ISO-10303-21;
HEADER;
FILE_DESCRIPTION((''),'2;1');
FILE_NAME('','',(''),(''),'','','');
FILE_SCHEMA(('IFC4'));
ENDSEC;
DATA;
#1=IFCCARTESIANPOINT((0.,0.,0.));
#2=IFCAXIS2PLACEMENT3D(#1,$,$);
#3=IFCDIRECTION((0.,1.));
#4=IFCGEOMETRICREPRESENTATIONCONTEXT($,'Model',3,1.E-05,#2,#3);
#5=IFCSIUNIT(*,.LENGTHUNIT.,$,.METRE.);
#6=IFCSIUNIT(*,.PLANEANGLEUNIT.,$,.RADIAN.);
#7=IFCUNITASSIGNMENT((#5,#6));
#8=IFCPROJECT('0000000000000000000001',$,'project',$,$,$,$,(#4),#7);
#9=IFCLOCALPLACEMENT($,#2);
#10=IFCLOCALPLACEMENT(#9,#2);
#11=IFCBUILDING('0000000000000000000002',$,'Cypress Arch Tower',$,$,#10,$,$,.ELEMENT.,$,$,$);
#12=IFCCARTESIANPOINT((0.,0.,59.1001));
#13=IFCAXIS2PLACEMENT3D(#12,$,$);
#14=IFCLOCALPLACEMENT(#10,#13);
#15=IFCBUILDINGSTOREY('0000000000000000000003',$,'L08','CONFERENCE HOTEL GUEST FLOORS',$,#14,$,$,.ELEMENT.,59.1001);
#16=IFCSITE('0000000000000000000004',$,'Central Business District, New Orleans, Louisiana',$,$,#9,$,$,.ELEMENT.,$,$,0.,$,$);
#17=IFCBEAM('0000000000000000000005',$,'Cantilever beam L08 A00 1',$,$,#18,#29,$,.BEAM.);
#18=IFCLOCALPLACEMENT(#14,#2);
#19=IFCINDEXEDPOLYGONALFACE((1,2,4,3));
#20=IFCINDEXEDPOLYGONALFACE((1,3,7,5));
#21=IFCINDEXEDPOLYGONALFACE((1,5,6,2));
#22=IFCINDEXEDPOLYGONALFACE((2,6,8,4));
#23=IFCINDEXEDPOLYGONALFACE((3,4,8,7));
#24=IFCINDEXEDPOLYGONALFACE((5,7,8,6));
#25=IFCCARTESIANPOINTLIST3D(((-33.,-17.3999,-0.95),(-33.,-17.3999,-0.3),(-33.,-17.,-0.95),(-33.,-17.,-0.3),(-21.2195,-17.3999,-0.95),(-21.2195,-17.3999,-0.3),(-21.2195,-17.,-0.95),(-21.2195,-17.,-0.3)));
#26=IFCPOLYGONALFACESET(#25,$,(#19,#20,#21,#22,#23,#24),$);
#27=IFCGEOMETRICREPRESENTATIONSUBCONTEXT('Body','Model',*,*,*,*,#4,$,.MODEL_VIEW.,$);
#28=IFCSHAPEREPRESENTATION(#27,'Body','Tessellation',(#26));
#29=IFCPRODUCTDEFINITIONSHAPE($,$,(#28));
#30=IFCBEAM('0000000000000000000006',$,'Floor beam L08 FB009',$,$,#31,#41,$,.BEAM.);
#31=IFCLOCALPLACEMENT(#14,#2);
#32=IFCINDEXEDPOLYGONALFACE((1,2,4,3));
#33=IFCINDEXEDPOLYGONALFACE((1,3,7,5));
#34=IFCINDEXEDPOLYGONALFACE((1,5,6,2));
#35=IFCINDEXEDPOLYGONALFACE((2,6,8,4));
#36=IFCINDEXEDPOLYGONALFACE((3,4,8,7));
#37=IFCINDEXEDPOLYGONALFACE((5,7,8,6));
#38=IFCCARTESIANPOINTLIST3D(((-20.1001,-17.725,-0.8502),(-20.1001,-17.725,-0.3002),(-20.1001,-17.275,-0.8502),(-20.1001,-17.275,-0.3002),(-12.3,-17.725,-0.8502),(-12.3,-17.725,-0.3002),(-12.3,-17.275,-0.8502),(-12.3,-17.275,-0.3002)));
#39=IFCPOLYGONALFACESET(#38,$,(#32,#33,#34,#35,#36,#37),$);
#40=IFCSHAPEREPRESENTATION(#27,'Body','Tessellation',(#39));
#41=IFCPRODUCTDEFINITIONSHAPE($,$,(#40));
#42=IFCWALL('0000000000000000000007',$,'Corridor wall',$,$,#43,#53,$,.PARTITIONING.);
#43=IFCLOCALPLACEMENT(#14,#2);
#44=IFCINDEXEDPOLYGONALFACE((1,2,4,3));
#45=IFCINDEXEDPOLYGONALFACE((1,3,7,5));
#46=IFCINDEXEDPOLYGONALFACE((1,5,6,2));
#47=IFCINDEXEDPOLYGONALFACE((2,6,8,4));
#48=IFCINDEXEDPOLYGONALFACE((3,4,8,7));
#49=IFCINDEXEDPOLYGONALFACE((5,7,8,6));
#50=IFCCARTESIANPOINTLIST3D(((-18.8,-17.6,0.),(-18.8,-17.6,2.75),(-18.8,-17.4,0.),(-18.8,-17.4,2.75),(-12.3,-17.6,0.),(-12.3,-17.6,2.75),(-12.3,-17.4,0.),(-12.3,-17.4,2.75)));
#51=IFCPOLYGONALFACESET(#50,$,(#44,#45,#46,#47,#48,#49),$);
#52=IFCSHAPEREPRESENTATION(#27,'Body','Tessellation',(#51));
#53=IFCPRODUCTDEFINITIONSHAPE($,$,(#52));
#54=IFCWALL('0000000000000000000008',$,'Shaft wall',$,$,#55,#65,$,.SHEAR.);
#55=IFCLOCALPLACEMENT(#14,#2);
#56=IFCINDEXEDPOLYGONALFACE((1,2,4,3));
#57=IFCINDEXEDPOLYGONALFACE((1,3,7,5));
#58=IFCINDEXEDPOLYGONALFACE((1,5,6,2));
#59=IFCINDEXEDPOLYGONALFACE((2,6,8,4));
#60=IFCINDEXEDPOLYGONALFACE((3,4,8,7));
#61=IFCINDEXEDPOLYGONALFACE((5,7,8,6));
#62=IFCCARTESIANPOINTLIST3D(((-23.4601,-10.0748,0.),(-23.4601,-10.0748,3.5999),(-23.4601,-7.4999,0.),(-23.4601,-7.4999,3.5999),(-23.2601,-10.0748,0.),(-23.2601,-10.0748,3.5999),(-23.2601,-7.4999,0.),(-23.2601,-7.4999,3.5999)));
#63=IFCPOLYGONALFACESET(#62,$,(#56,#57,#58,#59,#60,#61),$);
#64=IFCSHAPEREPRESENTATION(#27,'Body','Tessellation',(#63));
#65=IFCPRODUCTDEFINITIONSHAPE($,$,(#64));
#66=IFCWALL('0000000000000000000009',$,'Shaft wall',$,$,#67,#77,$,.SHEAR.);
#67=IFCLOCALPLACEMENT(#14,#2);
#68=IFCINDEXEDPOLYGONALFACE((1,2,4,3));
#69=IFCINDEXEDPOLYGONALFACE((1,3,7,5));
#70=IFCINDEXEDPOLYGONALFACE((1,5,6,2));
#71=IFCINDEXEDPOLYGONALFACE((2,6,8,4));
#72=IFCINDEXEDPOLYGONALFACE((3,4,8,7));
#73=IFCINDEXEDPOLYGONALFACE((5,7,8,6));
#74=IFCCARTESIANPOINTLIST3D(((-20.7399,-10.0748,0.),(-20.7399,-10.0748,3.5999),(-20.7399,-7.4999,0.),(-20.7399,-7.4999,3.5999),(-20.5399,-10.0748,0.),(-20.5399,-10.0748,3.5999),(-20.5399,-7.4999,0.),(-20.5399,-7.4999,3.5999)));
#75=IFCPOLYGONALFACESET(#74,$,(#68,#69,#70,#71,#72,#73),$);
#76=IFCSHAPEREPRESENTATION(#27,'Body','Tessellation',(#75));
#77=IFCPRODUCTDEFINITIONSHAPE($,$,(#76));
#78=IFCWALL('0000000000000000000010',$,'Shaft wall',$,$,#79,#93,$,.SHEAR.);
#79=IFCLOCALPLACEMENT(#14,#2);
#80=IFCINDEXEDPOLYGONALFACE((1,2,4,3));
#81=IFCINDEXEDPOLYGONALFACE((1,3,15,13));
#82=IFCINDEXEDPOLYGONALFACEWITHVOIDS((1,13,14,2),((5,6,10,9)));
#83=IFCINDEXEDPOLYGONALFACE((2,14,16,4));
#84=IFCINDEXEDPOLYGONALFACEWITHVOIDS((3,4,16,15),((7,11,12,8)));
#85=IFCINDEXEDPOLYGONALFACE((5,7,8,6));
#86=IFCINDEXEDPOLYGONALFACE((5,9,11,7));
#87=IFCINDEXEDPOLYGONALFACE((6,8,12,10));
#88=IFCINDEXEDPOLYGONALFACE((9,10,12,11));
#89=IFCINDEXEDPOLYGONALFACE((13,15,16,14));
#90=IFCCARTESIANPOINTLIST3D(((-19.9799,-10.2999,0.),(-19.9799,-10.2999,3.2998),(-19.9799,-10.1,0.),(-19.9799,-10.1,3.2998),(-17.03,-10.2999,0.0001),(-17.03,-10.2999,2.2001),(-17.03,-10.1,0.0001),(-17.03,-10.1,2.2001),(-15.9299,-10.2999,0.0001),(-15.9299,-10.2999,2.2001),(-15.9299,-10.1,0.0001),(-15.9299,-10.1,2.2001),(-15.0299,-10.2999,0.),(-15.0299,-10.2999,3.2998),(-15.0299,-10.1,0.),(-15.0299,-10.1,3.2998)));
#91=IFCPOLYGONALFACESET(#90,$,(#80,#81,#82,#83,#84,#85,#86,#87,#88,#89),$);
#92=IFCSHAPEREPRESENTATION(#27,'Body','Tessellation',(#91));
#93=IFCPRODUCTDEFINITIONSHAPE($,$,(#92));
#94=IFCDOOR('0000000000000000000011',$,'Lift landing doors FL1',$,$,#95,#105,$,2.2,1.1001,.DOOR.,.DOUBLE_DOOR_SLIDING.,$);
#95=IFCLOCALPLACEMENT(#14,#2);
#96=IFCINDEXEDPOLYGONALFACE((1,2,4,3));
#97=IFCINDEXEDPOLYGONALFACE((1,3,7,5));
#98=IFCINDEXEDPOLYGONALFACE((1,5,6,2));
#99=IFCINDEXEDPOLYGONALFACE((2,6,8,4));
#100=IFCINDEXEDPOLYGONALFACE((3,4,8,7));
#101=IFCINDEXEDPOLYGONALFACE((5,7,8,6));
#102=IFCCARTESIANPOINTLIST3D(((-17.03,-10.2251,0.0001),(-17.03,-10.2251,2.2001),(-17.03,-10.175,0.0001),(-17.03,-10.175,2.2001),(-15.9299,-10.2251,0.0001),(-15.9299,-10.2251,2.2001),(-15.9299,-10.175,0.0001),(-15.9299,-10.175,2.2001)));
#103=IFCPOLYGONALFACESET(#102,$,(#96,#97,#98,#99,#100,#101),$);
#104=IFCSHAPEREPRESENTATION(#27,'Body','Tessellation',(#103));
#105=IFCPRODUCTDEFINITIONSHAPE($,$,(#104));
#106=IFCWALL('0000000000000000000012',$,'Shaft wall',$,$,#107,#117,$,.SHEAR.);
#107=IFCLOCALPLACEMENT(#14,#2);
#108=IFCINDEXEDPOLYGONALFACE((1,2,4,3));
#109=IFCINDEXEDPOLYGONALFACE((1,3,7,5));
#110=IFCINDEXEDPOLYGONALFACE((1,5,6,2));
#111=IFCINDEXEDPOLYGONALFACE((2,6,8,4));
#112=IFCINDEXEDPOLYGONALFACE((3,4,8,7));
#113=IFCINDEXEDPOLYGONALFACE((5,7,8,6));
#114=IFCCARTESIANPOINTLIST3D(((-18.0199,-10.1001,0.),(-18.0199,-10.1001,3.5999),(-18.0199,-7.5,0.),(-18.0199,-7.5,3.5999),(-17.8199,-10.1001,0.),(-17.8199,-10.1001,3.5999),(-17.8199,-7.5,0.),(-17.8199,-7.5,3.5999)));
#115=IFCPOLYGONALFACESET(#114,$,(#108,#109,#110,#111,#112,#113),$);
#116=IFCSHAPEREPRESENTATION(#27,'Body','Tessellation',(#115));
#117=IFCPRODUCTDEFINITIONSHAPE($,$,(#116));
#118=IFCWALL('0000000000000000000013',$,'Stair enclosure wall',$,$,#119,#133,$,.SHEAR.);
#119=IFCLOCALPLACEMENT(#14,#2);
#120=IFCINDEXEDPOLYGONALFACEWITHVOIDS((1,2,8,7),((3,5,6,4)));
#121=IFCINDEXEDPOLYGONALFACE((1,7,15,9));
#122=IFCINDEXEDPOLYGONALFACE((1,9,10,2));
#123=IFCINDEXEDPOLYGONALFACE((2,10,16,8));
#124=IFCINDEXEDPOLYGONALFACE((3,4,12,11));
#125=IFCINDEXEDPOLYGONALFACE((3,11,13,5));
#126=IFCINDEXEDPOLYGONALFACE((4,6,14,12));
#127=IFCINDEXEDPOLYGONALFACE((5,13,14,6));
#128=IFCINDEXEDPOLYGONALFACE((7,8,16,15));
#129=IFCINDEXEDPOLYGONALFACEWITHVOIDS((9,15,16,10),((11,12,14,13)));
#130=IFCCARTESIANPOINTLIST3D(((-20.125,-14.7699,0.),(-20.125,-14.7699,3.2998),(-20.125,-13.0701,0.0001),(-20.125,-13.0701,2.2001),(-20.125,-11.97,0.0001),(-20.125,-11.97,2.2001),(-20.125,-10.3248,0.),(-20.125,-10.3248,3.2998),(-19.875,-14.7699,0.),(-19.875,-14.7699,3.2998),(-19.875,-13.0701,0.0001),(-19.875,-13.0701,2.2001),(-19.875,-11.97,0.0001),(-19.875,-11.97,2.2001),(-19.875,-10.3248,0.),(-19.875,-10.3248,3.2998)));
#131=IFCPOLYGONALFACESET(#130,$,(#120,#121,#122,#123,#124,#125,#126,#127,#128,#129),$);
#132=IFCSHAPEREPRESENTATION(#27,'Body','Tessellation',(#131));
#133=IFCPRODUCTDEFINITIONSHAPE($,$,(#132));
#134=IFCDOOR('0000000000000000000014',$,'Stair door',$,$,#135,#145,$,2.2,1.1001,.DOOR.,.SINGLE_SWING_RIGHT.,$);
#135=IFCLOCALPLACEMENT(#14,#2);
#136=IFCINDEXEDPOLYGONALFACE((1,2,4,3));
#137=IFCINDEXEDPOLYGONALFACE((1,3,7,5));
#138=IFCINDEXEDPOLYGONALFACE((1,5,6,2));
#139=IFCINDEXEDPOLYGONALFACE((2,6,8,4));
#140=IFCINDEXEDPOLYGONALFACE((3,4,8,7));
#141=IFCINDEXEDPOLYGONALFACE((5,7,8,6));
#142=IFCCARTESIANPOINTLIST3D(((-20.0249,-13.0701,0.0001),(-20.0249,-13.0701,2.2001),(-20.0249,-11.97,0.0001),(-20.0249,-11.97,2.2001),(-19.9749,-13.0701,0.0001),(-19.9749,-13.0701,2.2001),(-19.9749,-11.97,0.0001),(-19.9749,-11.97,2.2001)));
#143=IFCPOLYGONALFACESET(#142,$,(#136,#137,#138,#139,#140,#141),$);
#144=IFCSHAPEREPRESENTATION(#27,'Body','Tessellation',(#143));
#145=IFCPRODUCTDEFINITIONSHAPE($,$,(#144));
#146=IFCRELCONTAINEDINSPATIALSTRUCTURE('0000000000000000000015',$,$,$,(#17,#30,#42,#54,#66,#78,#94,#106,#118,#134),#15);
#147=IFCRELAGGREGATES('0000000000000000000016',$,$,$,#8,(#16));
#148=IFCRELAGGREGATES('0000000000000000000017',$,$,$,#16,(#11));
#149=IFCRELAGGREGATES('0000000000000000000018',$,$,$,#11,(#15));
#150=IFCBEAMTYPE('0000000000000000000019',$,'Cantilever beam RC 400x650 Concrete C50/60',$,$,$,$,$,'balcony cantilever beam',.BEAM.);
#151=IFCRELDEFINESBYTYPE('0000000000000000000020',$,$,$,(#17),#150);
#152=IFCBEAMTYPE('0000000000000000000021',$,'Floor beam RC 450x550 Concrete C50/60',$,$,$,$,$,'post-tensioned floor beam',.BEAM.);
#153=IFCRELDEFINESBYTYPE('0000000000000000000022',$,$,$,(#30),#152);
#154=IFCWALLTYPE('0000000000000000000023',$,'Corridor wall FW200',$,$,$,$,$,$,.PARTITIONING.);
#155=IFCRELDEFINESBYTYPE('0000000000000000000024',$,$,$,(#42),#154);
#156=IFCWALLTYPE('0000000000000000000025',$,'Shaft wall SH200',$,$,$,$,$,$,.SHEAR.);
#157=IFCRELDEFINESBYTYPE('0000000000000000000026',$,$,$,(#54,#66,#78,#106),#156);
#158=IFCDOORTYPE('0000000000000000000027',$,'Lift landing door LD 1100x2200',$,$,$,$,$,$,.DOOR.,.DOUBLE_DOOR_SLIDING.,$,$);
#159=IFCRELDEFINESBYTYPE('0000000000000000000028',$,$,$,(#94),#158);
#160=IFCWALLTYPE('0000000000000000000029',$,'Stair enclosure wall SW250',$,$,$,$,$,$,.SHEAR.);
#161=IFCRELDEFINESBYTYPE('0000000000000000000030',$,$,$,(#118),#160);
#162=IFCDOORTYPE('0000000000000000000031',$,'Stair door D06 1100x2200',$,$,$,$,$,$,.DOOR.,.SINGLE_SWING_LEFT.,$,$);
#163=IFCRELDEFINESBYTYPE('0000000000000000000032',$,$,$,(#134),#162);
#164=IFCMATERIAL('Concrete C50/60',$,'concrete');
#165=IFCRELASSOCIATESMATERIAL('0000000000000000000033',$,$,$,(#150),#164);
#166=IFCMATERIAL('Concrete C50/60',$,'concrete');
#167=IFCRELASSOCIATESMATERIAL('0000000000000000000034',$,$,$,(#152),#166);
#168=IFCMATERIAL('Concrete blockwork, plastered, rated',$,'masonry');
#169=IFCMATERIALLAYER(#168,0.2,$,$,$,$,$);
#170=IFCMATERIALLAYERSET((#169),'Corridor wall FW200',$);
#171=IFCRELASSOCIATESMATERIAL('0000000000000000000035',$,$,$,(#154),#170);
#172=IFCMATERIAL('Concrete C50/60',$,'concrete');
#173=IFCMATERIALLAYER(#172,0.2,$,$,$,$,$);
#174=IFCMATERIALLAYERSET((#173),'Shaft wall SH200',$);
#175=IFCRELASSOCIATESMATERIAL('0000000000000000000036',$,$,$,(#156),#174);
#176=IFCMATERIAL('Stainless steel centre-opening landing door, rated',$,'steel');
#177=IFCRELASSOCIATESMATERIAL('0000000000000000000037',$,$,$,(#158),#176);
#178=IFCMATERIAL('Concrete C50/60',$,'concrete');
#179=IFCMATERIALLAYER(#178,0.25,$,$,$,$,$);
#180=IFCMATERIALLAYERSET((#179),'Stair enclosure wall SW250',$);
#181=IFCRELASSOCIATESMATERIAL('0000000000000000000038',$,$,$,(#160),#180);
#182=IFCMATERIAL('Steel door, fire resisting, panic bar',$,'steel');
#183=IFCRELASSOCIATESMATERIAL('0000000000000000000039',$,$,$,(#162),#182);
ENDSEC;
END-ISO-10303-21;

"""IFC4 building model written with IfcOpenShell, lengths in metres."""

from ifc_helpers import new_model, si_unit, direction, frame, frame_2d, origin, origin_2d, place, context, subcontext, project, spatial, rectangle, extrude, material, layer, layer_set, material_profile, profile_set, type_object, element, fill, save


model = new_model("IFC4")

# Units and contexts
model_context = context("Model", 3, precision=1e-05, world=origin(), true_north=direction((0.0, 1.0)))
body_context = subcontext(model_context, "Body", "Model", "MODEL_VIEW")
ifc_project = project(units=[si_unit("LENGTHUNIT", "METRE"), si_unit("PLANEANGLEUNIT", "RADIAN")], contexts=[model_context])

# Site, building, storey
site_placement = place(None, origin())
site = spatial("IfcSite", under=ifc_project, at=site_placement, Name="Central Business District, New Orleans, Louisiana", CompositionType="ELEMENT", RefElevation=0.0)
building_placement = place(site_placement, origin())
building = spatial("IfcBuilding", under=site, at=building_placement, Name="Cypress Arch Tower", CompositionType="ELEMENT")
storey_placement = place(building_placement, frame((0.0, 0.0, 59.1001)))
storey = spatial("IfcBuildingStorey", under=building, at=storey_placement, Name="L08", Description="CONFERENCE HOTEL GUEST FLOORS", CompositionType="ELEMENT", Elevation=59.1001)

# Beams
ifc_material_1 = material(Name="Concrete C50/60", Category="concrete")
ifc_material_profile_1 = material_profile(ifc_material_1, rectangle(XDim=0.3999, YDim=0.6499, at=origin_2d()), Name="RC 400x650")
ifc_profile_set_1 = profile_set([ifc_material_profile_1], Name="Concrete C50/60")
beam_type_1 = type_object("IfcBeamType", Name="Cantilever beam RC 400x650 Concrete C50/60", ElementType="balcony cantilever beam", PredefinedType="BEAM", material=ifc_profile_set_1)
beam_1_placement = place(storey_placement, frame((-21.2195, -17.2, -0.625), z_axis=(-1.0, 0.0, 0.0), x_axis=(0.0, -1.0, 0.0)))
element("IfcBeam", 1, at=beam_1_placement, inside=storey, type_object=beam_type_1, Name="Cantilever beam L08 A00 1", PredefinedType="BEAM", context=body_context, shape_type="SweptSolid", body=[
    extrude(rectangle(XDim=0.3999, YDim=0.6499, at=origin_2d()), origin(), (0.0, 0.0, 1.0), 11.7805),
])
ifc_material_2 = material(Name="Concrete C50/60", Category="concrete")
ifc_material_profile_2 = material_profile(ifc_material_2, rectangle(XDim=0.45, YDim=0.55, at=origin_2d()), Name="RC 450x550")
ifc_profile_set_2 = profile_set([ifc_material_profile_2], Name="Concrete C50/60")
beam_type_2 = type_object("IfcBeamType", Name="Floor beam RC 450x550 Concrete C50/60", ElementType="post-tensioned floor beam", PredefinedType="BEAM", material=ifc_profile_set_2)
beam_2_placement = place(storey_placement, frame((-20.1001, -17.5, -0.5752), z_axis=(1.0, 0.0, 0.0), x_axis=(0.0, 1.0, 0.0)))
element("IfcBeam", 2, at=beam_2_placement, inside=storey, type_object=beam_type_2, Name="Floor beam L08 FB009", PredefinedType="BEAM", context=body_context, shape_type="SweptSolid", body=[
    extrude(rectangle(XDim=0.45, YDim=0.55, at=origin_2d()), origin(), (0.0, 0.0, 1.0), 7.8),
])

# Walls
ifc_material_3 = material(Name="Concrete blockwork, plastered, rated", Category="masonry")
ifc_layer_1 = layer(ifc_material_3, 0.2)
ifc_layer_set_1 = layer_set([ifc_layer_1], Name="Corridor wall FW200")
wall_type_1 = type_object("IfcWallType", Name="Corridor wall FW200", PredefinedType="PARTITIONING", material=ifc_layer_set_1)
wall_1_placement = place(storey_placement, frame((-18.8, -17.5, 0.0), z_axis=(0.0, 0.0, 1.0), x_axis=(1.0, 0.0, 0.0)))
element("IfcWall", 3, at=wall_1_placement, inside=storey, type_object=wall_type_1, Name="Corridor wall", PredefinedType="PARTITIONING", context=body_context, shape_type="SweptSolid", body=[
    extrude(rectangle(XDim=6.5, YDim=0.2, at=frame_2d((3.25, 0.0))), origin(), (0.0, 0.0, 1.0), 2.75),
])
ifc_material_4 = material(Name="Concrete C50/60", Category="concrete")
ifc_layer_2 = layer(ifc_material_4, 0.2)
ifc_layer_set_2 = layer_set([ifc_layer_2], Name="Shaft wall SH200")
wall_type_2 = type_object("IfcWallType", Name="Shaft wall SH200", PredefinedType="SHEAR", material=ifc_layer_set_2)
for number, where, z_axis, x_axis, name in (
    (4, (-23.3601, -10.075, 0.0), (0.0, 0.0, 1.0), (0.0, 1.0, 0.0), "Shaft wall"),
    (5, (-20.6399, -10.075, 0.0), (0.0, 0.0, 1.0), (0.0, 1.0, 0.0), "Shaft wall"),
):
    element("IfcWall", number, at=place(storey_placement, frame(where, z_axis=z_axis, x_axis=x_axis)), inside=storey, type_object=wall_type_2, Name=name, PredefinedType="SHEAR", context=body_context, shape_type="SweptSolid", body=[
        extrude(rectangle(XDim=2.575, YDim=0.2, at=frame_2d((1.2876, 0.0))), origin(), (0.0, 0.0, 1.0), 3.5999),
    ])

# Wall, opening, door
wall_2_placement = place(storey_placement, frame((-19.98, -10.2, 0.0), z_axis=(0.0, 0.0, 1.0), x_axis=(1.0, 0.0, 0.0)))
wall_2 = element("IfcWall", 6, at=wall_2_placement, inside=storey, type_object=wall_type_2, Name="Shaft wall", PredefinedType="SHEAR", context=body_context, shape_type="SweptSolid", body=[
    extrude(rectangle(XDim=4.95, YDim=0.2, at=frame_2d((2.4751, 0.0))), origin(), (0.0, 0.0, 1.0), 3.2998),
])
opening_1_placement = place(wall_2_placement, frame((2.95, 0.0, 0.0)))
opening_1 = element("IfcOpeningElement", 7, at=opening_1_placement, cuts=wall_2, PredefinedType="OPENING", context=body_context, shape_type="SweptSolid", body=[
    extrude(rectangle(XDim=1.1001, YDim=2.2, at=frame_2d((0.55, 1.1001))), frame((0.0, 0.1099, 0.0), z_axis=(0.0, -1.0, 0.0), x_axis=(1.0, 0.0, 0.0)), (0.0, 0.0, 1.0), 0.22),
])
ifc_material_5 = material(Name="Stainless steel centre-opening landing door, rated", Category="steel")
door_type_1 = type_object("IfcDoorType", Name="Lift landing door LD 1100x2200", OperationType="DOUBLE_DOOR_SLIDING", PredefinedType="DOOR", material=ifc_material_5)
door_1_placement = place(opening_1_placement, origin())
door_1 = element("IfcDoor", 8, at=door_1_placement, inside=storey, type_object=door_type_1, Name="Lift landing doors FL1", OperationType="DOUBLE_DOOR_SLIDING", OverallHeight=2.2, OverallWidth=1.1001, PredefinedType="DOOR", context=body_context, shape_type="SweptSolid", body=[
    extrude(rectangle(XDim=1.1001, YDim=2.2, at=frame_2d((0.55, 1.1001))), frame((0.0, 0.0249, 0.0), z_axis=(0.0, -1.0, 0.0), x_axis=(1.0, 0.0, 0.0)), (0.0, 0.0, 1.0), 0.05),
])
fill(opening_1, door_1)

# Wall
wall_3_placement = place(storey_placement, frame((-17.9199, -10.1001, 0.0), z_axis=(0.0, 0.0, 1.0), x_axis=(0.0, 1.0, 0.0)))
element("IfcWall", 9, at=wall_3_placement, inside=storey, type_object=wall_type_2, Name="Shaft wall", PredefinedType="SHEAR", context=body_context, shape_type="SweptSolid", body=[
    extrude(rectangle(XDim=2.6001, YDim=0.2, at=frame_2d((1.3, 0.0))), origin(), (0.0, 0.0, 1.0), 3.5999),
])

# Wall, opening, door
ifc_material_6 = material(Name="Concrete C50/60", Category="concrete")
ifc_layer_3 = layer(ifc_material_6, 0.25)
ifc_layer_set_3 = layer_set([ifc_layer_3], Name="Stair enclosure wall SW250")
wall_type_3 = type_object("IfcWallType", Name="Stair enclosure wall SW250", PredefinedType="SHEAR", material=ifc_layer_set_3)
wall_4_placement = place(storey_placement, frame((-20.0, -14.77, 0.0), z_axis=(0.0, 0.0, 1.0), x_axis=(0.0, 1.0, 0.0)))
wall_4 = element("IfcWall", 10, at=wall_4_placement, inside=storey, type_object=wall_type_3, Name="Stair enclosure wall", PredefinedType="SHEAR", context=body_context, shape_type="SweptSolid", body=[
    extrude(rectangle(XDim=4.4451, YDim=0.25, at=frame_2d((2.2227, 0.0))), origin(), (0.0, 0.0, 1.0), 3.2998),
])
opening_2_placement = place(wall_4_placement, frame((1.7, 0.0, 0.0)))
opening_2 = element("IfcOpeningElement", 11, at=opening_2_placement, cuts=wall_4, PredefinedType="OPENING", context=body_context, shape_type="SweptSolid", body=[
    extrude(rectangle(XDim=1.1001, YDim=2.2, at=frame_2d((0.55, 1.1001))), frame((0.0, 0.135, 0.0), z_axis=(0.0, -1.0, 0.0), x_axis=(1.0, 0.0, 0.0)), (0.0, 0.0, 1.0), 0.27),
])
ifc_material_7 = material(Name="Steel door, fire resisting, panic bar", Category="steel")
door_type_2 = type_object("IfcDoorType", Name="Stair door D06 1100x2200", OperationType="SINGLE_SWING_LEFT", PredefinedType="DOOR", material=ifc_material_7)
door_2_placement = place(opening_2_placement, origin())
door_2 = element("IfcDoor", 12, at=door_2_placement, inside=storey, type_object=door_type_2, Name="Stair door", OperationType="SINGLE_SWING_RIGHT", OverallHeight=2.2, OverallWidth=1.1001, PredefinedType="DOOR", context=body_context, shape_type="SweptSolid", body=[
    extrude(rectangle(XDim=1.1001, YDim=2.2, at=frame_2d((0.55, 1.1001))), frame((0.0, 0.0249, 0.0), z_axis=(0.0, -1.0, 0.0), x_axis=(1.0, 0.0, 0.0)), (0.0, 0.0, 1.0), 0.05),
])
fill(opening_2, door_2)

save(model, "model.ifc")
